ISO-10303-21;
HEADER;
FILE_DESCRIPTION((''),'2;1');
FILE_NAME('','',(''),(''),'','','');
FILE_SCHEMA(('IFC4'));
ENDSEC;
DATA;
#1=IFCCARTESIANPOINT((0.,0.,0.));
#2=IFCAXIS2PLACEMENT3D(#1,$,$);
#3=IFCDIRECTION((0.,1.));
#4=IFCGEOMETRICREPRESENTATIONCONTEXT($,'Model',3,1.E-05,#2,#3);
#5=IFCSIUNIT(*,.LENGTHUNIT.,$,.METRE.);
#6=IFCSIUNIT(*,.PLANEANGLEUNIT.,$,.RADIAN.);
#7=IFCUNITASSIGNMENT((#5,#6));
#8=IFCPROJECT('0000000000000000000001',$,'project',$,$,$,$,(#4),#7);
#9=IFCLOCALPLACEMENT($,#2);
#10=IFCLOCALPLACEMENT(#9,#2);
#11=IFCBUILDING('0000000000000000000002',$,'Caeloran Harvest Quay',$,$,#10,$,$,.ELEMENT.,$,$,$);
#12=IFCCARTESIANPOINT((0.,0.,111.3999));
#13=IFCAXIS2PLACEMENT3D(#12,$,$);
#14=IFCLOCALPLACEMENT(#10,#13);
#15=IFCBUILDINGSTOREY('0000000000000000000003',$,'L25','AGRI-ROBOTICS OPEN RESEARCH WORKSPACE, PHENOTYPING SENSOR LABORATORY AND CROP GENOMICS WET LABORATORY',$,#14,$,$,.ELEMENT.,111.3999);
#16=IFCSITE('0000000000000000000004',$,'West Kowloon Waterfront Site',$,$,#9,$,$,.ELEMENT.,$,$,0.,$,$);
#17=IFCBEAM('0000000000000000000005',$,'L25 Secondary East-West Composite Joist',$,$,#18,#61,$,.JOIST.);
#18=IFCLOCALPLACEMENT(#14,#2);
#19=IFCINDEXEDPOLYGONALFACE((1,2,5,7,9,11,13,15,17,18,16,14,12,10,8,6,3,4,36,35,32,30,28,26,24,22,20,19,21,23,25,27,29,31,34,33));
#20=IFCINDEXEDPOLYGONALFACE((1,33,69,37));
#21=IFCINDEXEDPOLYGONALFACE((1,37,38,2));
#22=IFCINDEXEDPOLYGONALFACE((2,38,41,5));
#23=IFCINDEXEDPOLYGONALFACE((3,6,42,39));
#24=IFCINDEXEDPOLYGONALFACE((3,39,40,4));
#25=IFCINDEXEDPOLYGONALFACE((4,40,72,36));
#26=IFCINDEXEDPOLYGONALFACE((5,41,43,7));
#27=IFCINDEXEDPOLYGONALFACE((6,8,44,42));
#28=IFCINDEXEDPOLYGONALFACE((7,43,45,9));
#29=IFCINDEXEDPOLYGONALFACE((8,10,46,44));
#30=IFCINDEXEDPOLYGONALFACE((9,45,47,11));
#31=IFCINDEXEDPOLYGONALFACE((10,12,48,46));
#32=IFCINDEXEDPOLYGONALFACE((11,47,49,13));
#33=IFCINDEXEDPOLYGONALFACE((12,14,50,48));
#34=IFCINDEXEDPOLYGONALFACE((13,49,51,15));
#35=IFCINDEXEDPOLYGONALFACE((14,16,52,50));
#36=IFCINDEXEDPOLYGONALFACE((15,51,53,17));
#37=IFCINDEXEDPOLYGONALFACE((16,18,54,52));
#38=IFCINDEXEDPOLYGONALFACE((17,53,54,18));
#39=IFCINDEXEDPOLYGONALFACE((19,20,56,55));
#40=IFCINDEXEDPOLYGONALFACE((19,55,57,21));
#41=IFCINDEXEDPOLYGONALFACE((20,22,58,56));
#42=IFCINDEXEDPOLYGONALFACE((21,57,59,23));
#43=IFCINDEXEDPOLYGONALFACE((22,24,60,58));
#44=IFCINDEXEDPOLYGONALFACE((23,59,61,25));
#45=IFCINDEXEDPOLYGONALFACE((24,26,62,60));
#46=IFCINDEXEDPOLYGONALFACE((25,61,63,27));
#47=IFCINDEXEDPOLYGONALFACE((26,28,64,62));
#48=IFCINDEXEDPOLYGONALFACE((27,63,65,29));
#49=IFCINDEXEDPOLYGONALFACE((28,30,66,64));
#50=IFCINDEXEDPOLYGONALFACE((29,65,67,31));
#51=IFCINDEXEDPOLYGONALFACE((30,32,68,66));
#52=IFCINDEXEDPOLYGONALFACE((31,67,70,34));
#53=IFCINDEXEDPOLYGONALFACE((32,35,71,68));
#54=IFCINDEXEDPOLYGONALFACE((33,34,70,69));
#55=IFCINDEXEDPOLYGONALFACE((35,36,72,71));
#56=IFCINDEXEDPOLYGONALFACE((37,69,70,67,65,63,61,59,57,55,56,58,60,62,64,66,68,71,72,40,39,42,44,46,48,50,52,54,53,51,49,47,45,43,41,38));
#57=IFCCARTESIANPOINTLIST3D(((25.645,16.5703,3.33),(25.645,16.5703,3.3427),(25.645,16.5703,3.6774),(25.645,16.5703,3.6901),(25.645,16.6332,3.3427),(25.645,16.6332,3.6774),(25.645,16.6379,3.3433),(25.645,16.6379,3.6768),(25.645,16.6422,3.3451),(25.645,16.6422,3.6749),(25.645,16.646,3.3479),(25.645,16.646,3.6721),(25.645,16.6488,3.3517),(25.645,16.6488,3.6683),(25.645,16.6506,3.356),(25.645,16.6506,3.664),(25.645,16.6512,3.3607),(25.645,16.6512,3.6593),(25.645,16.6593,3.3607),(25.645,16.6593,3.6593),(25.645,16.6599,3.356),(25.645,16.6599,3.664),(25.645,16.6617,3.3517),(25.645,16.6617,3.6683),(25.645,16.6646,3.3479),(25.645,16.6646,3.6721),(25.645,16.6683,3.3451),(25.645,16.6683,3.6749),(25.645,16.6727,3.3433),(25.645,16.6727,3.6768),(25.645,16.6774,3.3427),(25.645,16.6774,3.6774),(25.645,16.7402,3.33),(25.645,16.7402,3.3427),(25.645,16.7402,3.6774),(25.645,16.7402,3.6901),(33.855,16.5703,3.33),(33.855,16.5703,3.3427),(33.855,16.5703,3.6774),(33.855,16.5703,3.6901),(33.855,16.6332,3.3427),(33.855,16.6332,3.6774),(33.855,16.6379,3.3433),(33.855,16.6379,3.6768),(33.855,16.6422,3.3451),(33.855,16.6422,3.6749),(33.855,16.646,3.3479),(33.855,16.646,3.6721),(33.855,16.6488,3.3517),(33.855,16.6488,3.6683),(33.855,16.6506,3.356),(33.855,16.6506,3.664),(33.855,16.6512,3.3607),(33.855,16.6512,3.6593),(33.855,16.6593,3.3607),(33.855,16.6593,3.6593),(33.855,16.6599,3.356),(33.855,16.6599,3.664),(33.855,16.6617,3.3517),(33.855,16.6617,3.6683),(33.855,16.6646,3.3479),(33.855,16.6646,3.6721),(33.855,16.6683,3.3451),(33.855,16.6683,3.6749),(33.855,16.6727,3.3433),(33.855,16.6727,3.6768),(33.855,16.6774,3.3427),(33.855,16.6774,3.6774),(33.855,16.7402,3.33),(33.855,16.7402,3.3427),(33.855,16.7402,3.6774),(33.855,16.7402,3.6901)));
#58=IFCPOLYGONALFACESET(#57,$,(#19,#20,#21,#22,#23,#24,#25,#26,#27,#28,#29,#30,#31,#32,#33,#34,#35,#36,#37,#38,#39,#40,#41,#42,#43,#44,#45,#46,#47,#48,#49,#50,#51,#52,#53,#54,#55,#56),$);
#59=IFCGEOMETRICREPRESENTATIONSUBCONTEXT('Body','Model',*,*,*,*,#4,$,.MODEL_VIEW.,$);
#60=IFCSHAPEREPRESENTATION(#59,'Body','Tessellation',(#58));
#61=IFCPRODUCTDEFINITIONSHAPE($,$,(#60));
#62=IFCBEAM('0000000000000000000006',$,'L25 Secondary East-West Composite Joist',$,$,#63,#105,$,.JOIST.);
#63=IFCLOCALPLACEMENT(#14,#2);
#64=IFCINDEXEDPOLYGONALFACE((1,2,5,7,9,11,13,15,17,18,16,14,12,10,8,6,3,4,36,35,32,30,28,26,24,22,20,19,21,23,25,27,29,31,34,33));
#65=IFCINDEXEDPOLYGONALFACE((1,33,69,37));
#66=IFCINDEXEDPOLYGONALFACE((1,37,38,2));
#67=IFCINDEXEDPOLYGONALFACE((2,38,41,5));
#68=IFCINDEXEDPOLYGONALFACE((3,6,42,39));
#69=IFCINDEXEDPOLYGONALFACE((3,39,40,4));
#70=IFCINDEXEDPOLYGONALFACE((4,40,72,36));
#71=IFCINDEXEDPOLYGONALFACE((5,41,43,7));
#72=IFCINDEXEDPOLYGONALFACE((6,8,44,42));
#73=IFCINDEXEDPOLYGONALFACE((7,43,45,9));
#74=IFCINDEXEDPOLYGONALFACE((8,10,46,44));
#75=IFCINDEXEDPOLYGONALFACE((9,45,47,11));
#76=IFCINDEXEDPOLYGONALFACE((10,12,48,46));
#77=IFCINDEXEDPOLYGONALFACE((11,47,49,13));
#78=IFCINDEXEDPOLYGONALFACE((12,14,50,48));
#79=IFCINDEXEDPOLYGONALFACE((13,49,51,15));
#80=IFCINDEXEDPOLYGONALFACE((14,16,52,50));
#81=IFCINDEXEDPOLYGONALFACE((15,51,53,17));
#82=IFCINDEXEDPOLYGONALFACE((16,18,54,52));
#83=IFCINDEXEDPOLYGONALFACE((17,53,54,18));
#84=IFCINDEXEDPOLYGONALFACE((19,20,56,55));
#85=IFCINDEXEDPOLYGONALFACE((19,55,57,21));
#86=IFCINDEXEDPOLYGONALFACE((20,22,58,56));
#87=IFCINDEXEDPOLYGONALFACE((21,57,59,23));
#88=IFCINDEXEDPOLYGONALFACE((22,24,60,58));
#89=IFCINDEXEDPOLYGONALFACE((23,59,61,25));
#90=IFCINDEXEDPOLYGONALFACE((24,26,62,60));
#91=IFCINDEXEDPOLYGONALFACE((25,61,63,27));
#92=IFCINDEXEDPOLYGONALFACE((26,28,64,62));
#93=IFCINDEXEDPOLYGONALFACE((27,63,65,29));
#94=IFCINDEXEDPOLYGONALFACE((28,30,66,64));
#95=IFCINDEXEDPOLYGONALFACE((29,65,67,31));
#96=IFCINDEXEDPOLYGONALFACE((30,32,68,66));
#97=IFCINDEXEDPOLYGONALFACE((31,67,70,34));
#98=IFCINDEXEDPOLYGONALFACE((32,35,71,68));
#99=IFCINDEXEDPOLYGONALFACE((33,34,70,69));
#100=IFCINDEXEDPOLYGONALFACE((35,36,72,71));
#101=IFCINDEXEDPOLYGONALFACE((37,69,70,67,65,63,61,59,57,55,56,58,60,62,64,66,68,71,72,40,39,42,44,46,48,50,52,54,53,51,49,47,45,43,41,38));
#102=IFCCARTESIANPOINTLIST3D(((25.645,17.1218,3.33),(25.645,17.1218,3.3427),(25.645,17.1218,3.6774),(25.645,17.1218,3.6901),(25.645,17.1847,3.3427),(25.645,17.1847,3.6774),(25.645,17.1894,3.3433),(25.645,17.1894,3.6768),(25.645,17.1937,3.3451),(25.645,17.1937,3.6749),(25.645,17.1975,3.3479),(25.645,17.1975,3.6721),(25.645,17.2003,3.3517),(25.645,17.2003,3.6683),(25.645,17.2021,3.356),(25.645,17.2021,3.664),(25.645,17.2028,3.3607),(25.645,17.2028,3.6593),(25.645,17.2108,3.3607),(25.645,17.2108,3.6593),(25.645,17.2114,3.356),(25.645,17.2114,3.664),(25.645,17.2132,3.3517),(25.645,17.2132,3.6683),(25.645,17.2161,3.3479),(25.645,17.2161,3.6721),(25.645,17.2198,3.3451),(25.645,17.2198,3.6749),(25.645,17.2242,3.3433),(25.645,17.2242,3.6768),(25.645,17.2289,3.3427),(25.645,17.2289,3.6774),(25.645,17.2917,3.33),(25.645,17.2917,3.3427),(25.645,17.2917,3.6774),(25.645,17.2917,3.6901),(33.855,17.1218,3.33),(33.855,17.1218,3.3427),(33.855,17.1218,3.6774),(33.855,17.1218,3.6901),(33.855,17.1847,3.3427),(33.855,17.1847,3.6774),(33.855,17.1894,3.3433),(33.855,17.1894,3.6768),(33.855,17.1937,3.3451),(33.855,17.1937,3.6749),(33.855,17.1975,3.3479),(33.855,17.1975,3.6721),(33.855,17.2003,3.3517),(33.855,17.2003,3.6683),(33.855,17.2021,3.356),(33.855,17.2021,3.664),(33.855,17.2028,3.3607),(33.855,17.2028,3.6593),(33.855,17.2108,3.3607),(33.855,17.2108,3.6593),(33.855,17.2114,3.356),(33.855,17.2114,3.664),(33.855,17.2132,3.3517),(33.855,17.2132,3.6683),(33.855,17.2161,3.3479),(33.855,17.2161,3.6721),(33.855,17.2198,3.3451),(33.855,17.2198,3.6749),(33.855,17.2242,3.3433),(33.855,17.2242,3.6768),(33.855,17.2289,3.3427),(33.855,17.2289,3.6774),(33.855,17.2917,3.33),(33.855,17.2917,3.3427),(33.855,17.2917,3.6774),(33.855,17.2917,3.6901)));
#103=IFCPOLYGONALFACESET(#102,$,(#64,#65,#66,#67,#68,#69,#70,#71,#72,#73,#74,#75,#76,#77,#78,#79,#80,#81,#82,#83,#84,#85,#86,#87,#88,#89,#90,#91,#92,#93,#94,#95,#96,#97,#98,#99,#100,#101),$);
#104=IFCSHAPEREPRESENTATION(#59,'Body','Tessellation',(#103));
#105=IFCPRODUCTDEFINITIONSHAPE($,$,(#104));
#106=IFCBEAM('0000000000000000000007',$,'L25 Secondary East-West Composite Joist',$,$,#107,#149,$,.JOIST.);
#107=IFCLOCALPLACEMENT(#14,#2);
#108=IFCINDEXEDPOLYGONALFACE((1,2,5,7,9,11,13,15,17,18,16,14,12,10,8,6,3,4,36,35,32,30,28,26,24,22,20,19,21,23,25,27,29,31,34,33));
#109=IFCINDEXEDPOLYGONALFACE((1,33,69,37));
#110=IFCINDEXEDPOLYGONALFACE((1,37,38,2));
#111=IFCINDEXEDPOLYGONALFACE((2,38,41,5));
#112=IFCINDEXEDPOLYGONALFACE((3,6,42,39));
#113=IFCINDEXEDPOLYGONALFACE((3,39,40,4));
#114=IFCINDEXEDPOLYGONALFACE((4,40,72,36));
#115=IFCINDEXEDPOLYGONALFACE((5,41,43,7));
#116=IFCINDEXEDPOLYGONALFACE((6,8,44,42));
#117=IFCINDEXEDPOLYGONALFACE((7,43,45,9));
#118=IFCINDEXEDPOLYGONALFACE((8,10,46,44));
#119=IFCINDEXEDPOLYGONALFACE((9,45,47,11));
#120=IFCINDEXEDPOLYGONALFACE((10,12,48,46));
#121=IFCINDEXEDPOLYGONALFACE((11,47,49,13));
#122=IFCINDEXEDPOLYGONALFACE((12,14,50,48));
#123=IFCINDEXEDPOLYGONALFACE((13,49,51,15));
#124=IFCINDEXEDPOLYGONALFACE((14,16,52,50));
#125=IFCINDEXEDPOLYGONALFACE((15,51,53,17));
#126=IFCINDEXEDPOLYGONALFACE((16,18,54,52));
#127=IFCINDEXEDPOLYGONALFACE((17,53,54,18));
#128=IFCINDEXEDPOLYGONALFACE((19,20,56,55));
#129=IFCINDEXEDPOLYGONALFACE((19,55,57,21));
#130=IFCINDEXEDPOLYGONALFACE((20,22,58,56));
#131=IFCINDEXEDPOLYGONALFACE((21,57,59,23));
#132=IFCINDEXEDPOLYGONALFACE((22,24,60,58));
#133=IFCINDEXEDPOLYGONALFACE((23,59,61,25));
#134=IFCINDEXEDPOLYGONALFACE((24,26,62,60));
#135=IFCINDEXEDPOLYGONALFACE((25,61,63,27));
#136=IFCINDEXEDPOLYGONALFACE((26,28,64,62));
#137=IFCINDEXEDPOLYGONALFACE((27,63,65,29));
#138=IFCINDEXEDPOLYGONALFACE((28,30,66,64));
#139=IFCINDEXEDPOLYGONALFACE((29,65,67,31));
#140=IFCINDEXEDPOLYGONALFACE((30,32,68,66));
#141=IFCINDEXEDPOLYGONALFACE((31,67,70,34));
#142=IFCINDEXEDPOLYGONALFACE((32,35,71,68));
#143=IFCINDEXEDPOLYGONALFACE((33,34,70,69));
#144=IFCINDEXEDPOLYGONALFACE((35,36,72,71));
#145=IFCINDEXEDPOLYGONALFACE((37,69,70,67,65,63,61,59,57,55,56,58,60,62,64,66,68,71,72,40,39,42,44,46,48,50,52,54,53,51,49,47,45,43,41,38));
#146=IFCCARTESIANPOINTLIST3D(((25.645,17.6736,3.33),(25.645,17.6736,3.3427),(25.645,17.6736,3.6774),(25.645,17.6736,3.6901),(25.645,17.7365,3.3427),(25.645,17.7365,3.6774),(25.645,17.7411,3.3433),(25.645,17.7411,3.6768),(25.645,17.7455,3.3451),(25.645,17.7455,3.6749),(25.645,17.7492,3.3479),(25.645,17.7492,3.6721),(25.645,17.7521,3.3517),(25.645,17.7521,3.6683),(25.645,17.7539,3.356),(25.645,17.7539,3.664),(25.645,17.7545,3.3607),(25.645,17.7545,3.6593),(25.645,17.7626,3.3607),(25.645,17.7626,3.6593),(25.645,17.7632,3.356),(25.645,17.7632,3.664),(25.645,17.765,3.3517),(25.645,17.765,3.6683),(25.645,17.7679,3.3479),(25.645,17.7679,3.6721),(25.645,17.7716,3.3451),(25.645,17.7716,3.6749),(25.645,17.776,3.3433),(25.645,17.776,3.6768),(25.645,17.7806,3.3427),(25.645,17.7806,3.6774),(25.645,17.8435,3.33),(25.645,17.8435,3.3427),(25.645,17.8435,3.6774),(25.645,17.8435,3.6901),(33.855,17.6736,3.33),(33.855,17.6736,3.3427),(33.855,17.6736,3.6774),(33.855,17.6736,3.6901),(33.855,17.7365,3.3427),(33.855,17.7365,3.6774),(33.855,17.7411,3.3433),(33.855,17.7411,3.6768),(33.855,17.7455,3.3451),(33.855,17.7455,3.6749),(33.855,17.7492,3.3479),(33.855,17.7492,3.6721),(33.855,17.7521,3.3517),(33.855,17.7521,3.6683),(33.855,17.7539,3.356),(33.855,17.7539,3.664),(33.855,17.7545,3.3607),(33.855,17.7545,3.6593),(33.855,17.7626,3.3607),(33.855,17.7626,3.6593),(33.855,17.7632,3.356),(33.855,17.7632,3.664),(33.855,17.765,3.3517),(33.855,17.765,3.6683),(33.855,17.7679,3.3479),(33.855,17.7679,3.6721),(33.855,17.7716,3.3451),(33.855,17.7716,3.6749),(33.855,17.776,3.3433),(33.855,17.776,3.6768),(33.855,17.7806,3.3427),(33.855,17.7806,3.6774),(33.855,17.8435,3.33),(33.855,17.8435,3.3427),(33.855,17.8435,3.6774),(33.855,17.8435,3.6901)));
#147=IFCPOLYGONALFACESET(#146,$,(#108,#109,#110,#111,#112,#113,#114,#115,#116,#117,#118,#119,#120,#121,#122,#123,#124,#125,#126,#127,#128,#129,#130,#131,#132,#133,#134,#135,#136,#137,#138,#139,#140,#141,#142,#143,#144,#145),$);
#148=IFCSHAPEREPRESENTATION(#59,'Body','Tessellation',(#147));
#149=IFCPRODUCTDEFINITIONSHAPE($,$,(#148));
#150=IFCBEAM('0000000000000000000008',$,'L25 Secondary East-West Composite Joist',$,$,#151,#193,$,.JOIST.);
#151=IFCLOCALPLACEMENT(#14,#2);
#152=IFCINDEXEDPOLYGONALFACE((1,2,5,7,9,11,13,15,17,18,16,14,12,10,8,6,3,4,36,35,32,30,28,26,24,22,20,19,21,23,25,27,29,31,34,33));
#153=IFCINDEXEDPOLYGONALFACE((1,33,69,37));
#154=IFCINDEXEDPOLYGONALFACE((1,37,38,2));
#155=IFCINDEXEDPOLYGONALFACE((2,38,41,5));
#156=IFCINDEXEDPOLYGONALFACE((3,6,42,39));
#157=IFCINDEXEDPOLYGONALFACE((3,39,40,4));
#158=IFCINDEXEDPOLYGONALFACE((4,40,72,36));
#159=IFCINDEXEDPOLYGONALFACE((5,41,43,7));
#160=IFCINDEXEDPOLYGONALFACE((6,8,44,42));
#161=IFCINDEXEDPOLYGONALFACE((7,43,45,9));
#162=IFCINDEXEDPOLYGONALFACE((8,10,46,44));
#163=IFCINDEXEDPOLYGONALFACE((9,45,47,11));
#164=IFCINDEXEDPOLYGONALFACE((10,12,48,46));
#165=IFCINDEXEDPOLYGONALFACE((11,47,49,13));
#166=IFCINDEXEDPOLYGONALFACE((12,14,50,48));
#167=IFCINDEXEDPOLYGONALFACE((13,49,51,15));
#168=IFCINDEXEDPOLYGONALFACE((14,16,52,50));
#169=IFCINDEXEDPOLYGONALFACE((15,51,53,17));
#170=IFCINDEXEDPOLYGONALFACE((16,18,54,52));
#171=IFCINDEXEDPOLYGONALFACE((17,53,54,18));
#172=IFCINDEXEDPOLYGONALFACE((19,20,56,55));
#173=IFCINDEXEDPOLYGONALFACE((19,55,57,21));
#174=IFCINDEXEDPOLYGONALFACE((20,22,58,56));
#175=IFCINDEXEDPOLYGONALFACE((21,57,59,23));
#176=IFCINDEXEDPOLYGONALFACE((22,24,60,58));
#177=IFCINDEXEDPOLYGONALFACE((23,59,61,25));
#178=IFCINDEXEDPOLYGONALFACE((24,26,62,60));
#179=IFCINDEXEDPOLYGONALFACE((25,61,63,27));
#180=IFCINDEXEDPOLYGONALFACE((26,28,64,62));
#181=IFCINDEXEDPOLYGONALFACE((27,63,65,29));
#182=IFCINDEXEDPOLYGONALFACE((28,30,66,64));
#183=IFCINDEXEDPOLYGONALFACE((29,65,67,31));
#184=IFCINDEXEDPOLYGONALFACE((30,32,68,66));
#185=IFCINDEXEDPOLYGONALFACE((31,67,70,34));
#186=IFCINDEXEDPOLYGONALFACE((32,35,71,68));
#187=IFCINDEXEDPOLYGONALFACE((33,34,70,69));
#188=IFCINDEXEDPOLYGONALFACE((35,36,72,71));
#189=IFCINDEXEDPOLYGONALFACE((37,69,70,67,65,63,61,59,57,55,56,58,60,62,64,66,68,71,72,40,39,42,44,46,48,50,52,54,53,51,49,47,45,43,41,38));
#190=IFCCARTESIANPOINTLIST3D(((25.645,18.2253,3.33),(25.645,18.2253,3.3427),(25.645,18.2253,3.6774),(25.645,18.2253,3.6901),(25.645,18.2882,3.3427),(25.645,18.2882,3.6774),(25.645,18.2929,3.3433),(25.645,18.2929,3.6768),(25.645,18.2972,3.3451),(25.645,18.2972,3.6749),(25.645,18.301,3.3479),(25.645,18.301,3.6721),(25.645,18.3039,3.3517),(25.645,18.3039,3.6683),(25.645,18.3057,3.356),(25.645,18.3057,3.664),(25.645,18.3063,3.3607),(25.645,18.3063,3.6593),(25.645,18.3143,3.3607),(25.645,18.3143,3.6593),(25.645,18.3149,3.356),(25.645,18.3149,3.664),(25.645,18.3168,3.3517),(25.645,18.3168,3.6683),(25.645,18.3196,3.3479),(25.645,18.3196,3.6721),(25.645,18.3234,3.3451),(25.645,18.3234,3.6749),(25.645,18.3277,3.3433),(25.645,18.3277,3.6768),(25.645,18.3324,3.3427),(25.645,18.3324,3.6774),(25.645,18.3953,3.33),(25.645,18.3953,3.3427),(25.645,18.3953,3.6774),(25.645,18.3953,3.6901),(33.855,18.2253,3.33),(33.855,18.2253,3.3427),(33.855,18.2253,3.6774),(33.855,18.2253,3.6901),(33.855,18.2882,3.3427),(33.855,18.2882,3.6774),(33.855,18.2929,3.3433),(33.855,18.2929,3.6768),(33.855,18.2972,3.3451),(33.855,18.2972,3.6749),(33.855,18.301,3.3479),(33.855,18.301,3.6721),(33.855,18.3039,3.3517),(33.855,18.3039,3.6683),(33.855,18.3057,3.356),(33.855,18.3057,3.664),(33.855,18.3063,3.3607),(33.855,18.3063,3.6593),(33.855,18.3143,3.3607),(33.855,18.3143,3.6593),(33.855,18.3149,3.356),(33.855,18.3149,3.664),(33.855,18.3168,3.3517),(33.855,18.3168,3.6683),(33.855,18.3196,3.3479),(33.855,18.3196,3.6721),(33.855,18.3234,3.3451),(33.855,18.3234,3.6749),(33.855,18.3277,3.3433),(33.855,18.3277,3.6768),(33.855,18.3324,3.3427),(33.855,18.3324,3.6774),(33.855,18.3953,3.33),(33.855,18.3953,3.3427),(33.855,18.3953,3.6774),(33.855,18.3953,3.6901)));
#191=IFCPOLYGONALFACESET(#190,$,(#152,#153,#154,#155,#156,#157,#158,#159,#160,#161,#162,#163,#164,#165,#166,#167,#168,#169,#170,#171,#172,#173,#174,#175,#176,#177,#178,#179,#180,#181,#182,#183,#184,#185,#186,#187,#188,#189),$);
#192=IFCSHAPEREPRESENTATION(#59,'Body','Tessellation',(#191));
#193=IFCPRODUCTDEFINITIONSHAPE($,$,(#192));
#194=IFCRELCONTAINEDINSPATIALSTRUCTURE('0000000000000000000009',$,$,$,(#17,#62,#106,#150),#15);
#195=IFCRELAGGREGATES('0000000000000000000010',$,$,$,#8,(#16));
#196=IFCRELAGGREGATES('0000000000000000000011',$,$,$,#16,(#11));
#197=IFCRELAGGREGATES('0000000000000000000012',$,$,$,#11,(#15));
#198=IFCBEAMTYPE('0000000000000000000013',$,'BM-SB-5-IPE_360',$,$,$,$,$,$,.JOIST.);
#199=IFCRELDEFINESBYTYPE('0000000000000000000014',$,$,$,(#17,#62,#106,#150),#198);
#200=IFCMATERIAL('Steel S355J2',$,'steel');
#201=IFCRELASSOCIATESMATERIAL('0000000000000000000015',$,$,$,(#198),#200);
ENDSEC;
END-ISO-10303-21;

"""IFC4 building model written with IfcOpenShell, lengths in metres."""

from ifc_helpers import new_model, si_unit, direction, frame, origin, origin_2d, place, context, subcontext, project, spatial, i_section, extrude, material, material_profile, profile_set, type_object, element, save


model = new_model("IFC4")

# Units and contexts
model_context = context("Model", 3, precision=1e-05, world=origin(), true_north=direction((0.0, 1.0)))
body_context = subcontext(model_context, "Body", "Model", "MODEL_VIEW")
ifc_project = project(units=[si_unit("LENGTHUNIT", "METRE"), si_unit("PLANEANGLEUNIT", "RADIAN")], contexts=[model_context])

# Site, building, storey
site_placement = place(None, origin())
site = spatial("IfcSite", under=ifc_project, at=site_placement, Name="West Kowloon Waterfront Site", CompositionType="ELEMENT", RefElevation=0.0)
building_placement = place(site_placement, origin())
building = spatial("IfcBuilding", under=site, at=building_placement, Name="Caeloran Harvest Quay", CompositionType="ELEMENT")
storey_placement = place(building_placement, frame((0.0, 0.0, 111.3999)))
storey = spatial("IfcBuildingStorey", under=building, at=storey_placement, Name="L25", Description="AGRI-ROBOTICS OPEN RESEARCH WORKSPACE, PHENOTYPING SENSOR LABORATORY AND CROP GENOMICS WET LABORATORY", CompositionType="ELEMENT", Elevation=111.3999)

# Beams
ifc_material_1 = material(Name="Steel S355J2", Category="steel")
ifc_material_profile_1 = material_profile(ifc_material_1, i_section(OverallWidth=0.1699, OverallDepth=0.3601, WebThickness=0.0081, FlangeThickness=0.0127, FilletRadius=0.0181, at=origin_2d()), Name="IPE 360")
ifc_profile_set_1 = profile_set([ifc_material_profile_1], Name="Steel S355J2")
beam_type_1 = type_object("IfcBeamType", Name="BM-SB-5-IPE_360", PredefinedType="JOIST", material=ifc_profile_set_1)
for number, where, z_axis, x_axis, name in (
    (1, (25.645, 16.6553, 3.51), (1.0, 0.0, 0.0), (0.0, 1.0, 0.0), "L25 Secondary East-West Composite Joist"),
    (2, (25.645, 17.2068, 3.51), (1.0, 0.0, 0.0), (0.0, 1.0, 0.0), "L25 Secondary East-West Composite Joist"),
    (3, (25.645, 17.7585, 3.51), (1.0, 0.0, 0.0), (0.0, 1.0, 0.0), "L25 Secondary East-West Composite Joist"),
    (4, (25.645, 18.3103, 3.51), (1.0, 0.0, 0.0), (0.0, 1.0, 0.0), "L25 Secondary East-West Composite Joist"),
):
    element("IfcBeam", number, at=place(storey_placement, frame(where, z_axis=z_axis, x_axis=x_axis)), inside=storey, type_object=beam_type_1, Name=name, PredefinedType="JOIST", context=body_context, shape_type="SweptSolid", body=[
        extrude(i_section(OverallWidth=0.1699, OverallDepth=0.3601, WebThickness=0.0081, FlangeThickness=0.0127, FilletRadius=0.0181, at=origin_2d()), origin(), (0.0, 0.0, 1.0), 8.21),
    ])

save(model, "model.ifc")
